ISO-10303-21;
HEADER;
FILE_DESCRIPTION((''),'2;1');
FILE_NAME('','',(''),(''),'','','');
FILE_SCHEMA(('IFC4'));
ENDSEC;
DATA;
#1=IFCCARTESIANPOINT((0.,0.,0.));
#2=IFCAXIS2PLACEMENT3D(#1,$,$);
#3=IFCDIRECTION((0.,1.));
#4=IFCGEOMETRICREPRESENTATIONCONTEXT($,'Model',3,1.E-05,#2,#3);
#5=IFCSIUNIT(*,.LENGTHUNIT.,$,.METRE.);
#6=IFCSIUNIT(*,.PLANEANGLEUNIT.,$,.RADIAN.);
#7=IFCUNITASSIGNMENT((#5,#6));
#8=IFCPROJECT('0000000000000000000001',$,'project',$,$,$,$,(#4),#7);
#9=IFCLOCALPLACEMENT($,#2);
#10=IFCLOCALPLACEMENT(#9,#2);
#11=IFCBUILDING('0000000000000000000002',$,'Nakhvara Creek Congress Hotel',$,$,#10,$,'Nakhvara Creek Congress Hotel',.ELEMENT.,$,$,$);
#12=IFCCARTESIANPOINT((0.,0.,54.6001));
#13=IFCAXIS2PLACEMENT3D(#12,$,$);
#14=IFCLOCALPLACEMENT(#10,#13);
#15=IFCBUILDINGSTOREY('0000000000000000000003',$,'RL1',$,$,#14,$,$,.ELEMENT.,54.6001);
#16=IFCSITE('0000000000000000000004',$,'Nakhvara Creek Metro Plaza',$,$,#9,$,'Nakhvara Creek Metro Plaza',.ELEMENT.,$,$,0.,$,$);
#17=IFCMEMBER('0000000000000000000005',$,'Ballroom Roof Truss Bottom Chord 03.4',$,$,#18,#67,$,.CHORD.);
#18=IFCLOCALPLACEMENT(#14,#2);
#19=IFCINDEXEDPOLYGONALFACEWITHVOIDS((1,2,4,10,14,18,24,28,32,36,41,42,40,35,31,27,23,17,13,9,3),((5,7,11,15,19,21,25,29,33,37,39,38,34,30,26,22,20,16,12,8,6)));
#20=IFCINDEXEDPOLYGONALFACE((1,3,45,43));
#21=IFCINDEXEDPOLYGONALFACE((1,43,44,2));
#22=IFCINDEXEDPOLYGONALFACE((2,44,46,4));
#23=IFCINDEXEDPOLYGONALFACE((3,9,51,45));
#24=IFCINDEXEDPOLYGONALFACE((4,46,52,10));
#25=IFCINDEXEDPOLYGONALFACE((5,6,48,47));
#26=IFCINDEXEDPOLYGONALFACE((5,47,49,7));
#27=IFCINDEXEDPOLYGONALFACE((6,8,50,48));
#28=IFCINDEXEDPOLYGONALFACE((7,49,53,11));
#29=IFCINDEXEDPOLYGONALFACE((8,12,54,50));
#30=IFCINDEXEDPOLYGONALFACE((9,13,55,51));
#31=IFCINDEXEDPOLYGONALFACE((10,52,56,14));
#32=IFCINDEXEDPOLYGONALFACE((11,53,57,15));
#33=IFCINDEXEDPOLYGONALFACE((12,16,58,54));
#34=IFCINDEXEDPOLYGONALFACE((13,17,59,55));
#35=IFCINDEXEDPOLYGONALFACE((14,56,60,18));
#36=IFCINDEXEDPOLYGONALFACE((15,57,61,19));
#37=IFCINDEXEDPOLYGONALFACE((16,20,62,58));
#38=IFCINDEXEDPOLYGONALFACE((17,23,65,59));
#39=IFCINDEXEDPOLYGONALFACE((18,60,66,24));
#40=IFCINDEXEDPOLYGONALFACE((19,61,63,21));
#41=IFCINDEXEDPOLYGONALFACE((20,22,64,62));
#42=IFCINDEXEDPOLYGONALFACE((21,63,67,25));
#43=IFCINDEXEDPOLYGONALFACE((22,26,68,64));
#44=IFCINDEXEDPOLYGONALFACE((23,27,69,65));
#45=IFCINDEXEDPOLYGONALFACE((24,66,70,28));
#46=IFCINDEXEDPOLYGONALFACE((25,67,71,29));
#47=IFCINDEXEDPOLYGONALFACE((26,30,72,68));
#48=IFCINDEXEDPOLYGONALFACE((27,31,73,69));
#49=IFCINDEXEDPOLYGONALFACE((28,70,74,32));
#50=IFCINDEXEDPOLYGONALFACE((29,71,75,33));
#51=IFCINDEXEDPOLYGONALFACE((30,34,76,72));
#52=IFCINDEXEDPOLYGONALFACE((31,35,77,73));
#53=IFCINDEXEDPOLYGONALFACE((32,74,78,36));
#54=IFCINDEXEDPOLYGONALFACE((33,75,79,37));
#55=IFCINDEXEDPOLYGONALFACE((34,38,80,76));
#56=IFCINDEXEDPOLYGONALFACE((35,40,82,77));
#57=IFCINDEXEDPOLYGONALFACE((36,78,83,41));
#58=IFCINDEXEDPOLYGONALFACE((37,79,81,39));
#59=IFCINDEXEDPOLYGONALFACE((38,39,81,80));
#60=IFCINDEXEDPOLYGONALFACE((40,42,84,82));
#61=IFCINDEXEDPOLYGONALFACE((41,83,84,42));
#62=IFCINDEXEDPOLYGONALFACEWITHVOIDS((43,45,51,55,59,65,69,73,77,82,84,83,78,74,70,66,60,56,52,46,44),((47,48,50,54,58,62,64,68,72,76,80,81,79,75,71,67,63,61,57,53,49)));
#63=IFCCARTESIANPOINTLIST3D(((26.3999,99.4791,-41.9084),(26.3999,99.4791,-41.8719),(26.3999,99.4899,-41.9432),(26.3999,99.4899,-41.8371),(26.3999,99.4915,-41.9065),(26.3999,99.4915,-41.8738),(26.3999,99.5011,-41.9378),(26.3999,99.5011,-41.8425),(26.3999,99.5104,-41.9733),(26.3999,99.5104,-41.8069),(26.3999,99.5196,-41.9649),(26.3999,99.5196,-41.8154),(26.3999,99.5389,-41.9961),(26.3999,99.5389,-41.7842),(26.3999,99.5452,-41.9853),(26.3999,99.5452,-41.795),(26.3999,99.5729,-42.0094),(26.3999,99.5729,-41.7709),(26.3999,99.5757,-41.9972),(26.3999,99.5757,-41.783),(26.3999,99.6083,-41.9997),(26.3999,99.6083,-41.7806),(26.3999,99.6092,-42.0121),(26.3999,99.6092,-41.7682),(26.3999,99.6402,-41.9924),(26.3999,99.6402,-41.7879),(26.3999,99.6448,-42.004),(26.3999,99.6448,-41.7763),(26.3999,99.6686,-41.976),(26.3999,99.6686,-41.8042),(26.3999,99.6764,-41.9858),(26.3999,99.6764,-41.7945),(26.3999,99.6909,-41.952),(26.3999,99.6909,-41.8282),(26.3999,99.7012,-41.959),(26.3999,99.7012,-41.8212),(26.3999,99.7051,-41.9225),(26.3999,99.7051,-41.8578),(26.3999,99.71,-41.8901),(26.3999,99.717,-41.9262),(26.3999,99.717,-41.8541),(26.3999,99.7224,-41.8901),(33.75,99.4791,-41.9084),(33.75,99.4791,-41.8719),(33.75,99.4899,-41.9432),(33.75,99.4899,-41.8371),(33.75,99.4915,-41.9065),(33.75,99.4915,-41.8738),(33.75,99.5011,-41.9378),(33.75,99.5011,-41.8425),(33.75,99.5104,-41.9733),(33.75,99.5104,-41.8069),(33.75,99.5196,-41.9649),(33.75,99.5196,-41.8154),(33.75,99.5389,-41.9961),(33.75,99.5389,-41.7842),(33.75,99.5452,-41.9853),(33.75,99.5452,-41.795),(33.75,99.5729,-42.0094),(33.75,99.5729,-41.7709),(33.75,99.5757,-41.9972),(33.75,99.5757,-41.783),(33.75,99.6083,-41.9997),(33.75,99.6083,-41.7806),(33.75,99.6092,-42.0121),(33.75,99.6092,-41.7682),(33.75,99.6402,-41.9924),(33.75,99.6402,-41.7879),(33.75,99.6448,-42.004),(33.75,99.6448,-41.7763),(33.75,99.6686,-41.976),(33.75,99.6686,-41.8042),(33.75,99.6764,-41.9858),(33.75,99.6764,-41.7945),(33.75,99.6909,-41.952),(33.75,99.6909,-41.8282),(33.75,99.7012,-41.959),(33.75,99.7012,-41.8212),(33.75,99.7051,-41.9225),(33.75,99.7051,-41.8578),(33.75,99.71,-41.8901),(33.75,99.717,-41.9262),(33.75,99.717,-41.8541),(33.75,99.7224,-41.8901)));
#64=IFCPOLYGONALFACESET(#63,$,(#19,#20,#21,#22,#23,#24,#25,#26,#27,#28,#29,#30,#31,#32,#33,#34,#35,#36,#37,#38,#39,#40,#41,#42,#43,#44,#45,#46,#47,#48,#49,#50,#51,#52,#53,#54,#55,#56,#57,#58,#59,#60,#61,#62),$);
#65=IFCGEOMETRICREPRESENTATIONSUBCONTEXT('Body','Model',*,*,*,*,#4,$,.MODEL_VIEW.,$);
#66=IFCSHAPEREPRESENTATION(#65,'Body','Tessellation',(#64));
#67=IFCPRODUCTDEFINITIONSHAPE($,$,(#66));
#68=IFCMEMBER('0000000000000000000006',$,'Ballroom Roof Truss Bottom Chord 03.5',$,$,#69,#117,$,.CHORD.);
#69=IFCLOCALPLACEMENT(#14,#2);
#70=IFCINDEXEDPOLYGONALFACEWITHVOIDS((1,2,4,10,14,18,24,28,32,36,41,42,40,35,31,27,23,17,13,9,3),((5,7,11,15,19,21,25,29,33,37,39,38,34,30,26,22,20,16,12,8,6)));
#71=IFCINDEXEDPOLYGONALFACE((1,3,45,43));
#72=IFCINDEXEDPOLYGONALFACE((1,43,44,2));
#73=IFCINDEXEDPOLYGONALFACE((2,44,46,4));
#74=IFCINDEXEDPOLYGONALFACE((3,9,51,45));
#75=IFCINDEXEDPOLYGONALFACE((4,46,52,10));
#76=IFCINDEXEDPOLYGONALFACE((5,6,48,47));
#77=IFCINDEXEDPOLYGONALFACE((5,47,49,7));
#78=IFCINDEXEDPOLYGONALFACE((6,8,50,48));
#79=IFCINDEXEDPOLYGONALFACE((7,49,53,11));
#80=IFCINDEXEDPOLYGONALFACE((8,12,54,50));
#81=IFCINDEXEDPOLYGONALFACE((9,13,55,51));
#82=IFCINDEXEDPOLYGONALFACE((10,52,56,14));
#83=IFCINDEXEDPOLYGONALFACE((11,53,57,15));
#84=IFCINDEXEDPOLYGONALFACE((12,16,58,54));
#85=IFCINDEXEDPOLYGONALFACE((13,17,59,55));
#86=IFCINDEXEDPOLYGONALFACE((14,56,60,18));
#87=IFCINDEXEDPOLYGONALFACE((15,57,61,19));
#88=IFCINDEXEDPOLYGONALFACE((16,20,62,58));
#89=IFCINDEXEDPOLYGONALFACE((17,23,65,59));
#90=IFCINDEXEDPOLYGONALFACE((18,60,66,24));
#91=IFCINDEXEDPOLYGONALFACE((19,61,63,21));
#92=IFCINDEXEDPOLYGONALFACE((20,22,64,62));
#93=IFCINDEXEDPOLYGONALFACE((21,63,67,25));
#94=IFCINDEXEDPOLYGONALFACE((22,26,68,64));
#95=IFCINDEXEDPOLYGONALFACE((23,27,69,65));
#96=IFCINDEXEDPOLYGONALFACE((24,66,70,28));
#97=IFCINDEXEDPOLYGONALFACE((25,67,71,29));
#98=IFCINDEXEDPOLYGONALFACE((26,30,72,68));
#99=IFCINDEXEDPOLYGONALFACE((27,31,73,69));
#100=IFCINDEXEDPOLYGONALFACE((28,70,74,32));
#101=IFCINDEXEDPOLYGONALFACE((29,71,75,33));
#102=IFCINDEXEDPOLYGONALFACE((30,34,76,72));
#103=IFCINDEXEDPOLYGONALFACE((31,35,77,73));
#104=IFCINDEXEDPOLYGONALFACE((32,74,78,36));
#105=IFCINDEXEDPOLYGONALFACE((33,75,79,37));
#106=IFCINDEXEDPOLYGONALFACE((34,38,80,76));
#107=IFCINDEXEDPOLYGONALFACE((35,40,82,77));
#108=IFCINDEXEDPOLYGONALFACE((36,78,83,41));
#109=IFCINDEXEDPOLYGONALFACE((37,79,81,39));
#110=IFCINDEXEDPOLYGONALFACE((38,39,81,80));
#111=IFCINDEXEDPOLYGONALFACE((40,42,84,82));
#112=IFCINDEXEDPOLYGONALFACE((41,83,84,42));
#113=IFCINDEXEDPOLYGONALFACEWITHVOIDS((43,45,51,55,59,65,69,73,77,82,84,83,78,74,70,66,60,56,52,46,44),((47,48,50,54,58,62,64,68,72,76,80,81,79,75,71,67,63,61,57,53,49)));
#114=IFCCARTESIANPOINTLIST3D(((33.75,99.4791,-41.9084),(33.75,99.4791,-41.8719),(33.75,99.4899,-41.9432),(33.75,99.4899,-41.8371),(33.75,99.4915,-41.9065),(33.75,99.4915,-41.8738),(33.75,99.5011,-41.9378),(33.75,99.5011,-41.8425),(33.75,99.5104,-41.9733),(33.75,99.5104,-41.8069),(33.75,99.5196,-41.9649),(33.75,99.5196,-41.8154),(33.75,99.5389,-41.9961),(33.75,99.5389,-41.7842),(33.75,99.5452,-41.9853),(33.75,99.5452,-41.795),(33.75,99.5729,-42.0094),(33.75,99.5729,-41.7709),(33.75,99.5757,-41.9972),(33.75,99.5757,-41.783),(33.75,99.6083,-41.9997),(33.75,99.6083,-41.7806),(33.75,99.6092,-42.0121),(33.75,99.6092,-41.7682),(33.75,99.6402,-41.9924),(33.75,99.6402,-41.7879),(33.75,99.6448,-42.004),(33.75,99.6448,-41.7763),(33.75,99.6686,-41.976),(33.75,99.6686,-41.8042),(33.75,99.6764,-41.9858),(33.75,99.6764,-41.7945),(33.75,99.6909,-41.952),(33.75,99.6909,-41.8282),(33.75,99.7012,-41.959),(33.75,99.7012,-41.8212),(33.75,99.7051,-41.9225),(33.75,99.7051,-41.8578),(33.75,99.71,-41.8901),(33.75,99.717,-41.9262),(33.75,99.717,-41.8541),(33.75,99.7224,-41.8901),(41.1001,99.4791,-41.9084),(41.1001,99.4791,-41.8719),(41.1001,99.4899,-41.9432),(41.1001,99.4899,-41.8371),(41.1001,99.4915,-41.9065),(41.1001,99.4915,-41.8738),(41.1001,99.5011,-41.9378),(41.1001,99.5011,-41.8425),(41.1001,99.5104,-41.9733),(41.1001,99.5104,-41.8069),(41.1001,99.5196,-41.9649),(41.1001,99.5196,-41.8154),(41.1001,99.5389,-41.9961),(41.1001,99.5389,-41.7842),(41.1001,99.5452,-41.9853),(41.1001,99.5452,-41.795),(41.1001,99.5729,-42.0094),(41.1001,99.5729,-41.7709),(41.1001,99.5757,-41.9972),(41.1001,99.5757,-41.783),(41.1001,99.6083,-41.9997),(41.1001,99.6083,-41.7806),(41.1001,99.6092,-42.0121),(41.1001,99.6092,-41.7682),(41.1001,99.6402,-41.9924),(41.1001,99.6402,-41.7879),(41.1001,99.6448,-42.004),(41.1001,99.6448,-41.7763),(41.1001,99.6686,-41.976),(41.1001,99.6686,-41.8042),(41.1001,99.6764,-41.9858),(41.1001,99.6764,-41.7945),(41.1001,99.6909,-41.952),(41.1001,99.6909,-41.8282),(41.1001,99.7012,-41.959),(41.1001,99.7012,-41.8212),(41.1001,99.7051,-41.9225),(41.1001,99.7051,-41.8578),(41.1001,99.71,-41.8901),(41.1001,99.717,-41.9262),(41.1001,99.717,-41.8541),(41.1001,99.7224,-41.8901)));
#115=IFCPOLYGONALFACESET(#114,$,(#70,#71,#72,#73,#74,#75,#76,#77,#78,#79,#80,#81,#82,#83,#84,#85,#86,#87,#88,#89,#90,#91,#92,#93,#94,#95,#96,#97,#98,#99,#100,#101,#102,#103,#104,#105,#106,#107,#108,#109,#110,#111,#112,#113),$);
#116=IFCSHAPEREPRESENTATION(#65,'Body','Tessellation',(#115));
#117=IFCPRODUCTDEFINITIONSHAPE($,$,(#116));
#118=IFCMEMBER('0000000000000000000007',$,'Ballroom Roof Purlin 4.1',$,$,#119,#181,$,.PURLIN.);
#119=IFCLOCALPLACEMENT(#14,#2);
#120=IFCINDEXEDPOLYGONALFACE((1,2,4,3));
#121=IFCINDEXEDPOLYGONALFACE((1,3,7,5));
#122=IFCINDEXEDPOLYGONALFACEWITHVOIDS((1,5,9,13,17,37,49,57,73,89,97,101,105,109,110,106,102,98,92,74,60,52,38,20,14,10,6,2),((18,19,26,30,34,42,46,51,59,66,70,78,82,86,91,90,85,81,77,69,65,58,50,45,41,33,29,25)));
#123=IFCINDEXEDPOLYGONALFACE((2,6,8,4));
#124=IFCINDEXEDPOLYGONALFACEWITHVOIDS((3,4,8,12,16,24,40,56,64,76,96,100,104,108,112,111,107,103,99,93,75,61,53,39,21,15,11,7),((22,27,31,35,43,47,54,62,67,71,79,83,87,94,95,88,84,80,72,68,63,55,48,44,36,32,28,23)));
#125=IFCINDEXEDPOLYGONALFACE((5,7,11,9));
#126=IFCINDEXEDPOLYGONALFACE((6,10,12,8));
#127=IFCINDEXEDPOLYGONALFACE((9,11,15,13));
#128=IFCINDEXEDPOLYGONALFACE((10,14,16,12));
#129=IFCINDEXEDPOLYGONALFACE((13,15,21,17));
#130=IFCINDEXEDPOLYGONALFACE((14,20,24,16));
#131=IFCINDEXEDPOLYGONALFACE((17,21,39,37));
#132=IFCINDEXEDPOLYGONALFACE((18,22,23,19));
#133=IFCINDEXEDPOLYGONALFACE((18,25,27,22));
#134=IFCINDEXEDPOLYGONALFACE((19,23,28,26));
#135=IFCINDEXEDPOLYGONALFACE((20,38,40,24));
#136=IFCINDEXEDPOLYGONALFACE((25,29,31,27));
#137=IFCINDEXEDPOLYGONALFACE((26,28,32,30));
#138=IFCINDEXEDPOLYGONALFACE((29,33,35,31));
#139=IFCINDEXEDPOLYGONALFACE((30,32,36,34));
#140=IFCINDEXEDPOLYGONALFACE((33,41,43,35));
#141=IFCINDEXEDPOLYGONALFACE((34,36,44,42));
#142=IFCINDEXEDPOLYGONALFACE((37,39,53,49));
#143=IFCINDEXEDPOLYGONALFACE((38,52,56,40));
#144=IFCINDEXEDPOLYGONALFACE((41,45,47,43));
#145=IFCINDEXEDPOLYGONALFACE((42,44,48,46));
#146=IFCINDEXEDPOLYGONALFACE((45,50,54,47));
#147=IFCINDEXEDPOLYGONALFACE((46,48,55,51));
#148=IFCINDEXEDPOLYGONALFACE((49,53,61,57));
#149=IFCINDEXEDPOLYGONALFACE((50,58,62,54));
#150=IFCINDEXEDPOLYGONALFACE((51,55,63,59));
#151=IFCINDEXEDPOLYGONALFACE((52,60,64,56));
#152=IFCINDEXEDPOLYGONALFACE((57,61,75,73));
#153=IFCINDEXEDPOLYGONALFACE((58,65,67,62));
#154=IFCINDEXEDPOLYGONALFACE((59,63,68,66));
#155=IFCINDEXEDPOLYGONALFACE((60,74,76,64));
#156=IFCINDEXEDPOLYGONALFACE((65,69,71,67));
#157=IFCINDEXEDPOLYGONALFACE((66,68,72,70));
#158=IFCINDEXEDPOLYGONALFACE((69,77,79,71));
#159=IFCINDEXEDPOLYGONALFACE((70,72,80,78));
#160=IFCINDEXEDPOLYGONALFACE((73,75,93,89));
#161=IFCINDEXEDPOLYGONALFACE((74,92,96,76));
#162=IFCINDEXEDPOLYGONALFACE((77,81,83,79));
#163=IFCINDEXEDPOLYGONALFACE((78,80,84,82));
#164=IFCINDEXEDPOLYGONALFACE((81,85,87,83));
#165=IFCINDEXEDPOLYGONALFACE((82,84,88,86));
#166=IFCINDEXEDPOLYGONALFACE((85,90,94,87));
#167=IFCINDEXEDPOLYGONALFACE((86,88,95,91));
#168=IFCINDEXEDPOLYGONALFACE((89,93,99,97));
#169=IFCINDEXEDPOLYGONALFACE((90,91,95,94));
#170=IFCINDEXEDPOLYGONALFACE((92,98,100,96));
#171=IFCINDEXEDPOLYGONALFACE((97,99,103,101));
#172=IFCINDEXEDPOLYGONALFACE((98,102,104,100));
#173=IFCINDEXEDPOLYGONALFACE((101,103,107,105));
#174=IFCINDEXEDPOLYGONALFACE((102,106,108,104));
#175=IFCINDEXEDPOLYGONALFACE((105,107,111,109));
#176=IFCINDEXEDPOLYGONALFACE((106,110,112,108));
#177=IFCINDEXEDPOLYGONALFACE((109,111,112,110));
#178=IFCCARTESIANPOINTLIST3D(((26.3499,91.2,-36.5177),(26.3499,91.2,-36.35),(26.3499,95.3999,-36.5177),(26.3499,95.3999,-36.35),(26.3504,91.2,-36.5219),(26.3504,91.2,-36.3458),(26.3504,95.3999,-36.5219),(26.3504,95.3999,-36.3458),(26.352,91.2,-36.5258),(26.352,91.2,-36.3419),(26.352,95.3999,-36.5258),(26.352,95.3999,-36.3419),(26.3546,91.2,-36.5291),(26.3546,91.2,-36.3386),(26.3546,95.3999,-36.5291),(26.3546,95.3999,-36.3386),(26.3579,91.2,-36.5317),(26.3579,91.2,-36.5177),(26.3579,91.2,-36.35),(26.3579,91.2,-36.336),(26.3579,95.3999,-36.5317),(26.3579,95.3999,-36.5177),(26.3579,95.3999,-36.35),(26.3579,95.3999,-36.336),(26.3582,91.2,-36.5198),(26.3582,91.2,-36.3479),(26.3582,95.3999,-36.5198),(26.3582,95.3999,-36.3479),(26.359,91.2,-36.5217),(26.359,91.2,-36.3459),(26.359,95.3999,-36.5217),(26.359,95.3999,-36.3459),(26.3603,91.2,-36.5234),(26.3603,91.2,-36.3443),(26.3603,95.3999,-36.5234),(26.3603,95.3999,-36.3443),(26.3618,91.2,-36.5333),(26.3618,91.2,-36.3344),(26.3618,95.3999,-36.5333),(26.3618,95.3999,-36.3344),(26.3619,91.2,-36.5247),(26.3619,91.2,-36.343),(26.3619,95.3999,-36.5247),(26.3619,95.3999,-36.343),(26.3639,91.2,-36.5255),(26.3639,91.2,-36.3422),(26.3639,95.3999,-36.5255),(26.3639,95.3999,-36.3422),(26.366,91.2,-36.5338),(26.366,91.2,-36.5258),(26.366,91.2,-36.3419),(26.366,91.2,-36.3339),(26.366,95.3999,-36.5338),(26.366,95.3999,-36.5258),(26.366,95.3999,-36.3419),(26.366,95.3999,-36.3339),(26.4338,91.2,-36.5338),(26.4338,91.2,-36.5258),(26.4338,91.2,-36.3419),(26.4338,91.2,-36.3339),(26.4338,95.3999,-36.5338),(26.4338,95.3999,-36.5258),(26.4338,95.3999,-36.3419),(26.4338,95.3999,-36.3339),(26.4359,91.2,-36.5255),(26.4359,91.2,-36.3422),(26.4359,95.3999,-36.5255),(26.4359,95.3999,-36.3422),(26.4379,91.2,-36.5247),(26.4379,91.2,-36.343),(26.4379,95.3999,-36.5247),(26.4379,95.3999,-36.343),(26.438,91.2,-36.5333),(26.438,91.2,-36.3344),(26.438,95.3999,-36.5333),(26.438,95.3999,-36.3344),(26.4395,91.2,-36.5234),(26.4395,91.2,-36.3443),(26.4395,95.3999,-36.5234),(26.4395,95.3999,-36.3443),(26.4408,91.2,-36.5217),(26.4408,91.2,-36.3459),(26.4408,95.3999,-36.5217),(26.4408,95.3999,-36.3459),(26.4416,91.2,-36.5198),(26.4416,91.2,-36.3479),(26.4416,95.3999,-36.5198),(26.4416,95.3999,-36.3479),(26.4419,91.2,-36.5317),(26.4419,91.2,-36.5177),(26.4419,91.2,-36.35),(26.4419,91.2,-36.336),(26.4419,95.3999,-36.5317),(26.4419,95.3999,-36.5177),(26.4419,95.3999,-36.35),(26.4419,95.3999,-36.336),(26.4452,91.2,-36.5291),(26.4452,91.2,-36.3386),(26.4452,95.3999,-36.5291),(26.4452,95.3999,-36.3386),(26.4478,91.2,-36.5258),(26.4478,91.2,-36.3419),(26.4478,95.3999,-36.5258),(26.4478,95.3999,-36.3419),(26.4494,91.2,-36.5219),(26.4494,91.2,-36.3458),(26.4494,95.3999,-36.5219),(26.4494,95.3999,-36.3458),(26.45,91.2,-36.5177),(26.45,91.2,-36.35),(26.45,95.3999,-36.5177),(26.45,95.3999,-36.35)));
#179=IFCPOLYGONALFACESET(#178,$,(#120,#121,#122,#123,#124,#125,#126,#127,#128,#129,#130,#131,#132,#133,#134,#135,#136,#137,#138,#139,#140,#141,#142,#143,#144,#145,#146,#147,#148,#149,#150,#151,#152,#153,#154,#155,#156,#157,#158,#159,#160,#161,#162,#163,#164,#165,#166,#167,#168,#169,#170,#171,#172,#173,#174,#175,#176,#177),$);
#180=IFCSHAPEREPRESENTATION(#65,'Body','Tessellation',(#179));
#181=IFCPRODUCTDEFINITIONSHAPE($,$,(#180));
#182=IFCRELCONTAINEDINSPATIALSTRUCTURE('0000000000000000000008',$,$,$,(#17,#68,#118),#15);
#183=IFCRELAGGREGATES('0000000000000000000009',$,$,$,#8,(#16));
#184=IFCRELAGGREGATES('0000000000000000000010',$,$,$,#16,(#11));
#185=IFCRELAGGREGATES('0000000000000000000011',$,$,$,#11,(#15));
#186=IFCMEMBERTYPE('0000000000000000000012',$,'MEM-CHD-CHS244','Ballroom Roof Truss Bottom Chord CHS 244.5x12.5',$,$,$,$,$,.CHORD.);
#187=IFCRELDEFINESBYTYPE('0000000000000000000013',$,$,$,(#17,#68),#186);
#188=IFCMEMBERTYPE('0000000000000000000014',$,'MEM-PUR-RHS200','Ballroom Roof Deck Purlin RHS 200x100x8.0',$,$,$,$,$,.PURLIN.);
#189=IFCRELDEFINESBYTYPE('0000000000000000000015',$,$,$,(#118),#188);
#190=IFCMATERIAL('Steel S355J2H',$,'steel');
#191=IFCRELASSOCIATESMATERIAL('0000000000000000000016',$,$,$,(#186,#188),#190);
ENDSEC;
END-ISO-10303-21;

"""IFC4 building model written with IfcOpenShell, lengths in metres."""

from ifc_helpers import new_model, si_unit, direction, frame, origin, origin_2d, place, context, subcontext, project, spatial, hollow_rectangle, hollow_circle, extrude, material, material_profile, profile_set, type_object, element, save


model = new_model("IFC4")

# Units and contexts
model_context = context("Model", 3, precision=1e-05, world=origin(), true_north=direction((0.0, 1.0)))
body_context = subcontext(model_context, "Body", "Model", "MODEL_VIEW")
ifc_project = project(units=[si_unit("LENGTHUNIT", "METRE"), si_unit("PLANEANGLEUNIT", "RADIAN")], contexts=[model_context])

# Site, building, storey
site_placement = place(None, origin())
site = spatial("IfcSite", under=ifc_project, at=site_placement, Name="Nakhvara Creek Metro Plaza", LongName="Nakhvara Creek Metro Plaza", CompositionType="ELEMENT", RefElevation=0.0)
building_placement = place(site_placement, origin())
building = spatial("IfcBuilding", under=site, at=building_placement, Name="Nakhvara Creek Congress Hotel", LongName="Nakhvara Creek Congress Hotel", CompositionType="ELEMENT")
storey_placement = place(building_placement, frame((0.0, 0.0, 54.6001)))
storey = spatial("IfcBuildingStorey", under=building, at=storey_placement, Name="RL1", CompositionType="ELEMENT", Elevation=54.6001)

# Members
ifc_material_1 = material(Name="Steel S355J2H", Category="steel")
ifc_material_profile_1 = material_profile(ifc_material_1, hollow_circle(Radius=0.1223, WallThickness=0.0125, at=origin_2d()), Name="CHS 244.5x12.5", Category="LoadBearing")
ifc_profile_set_1 = profile_set([ifc_material_profile_1], Name="Steel S355J2H")
member_type_1 = type_object("IfcMemberType", Name="MEM-CHD-CHS244", Description="Ballroom Roof Truss Bottom Chord CHS 244.5x12.5", PredefinedType="CHORD", material=ifc_profile_set_1)
for number, where, z_axis, x_axis, name in (
    (1, (26.3999, 99.6001, -41.8901), (1.0, 0.0, 0.0), (0.0, 1.0, 0.0), "Ballroom Roof Truss Bottom Chord 03.4"),
    (2, (33.75, 99.6001, -41.8901), (1.0, 0.0, 0.0), (0.0, 1.0, 0.0), "Ballroom Roof Truss Bottom Chord 03.5"),
):
    element("IfcMember", number, at=place(storey_placement, frame(where, z_axis=z_axis, x_axis=x_axis)), inside=storey, type_object=member_type_1, Name=name, PredefinedType="CHORD", context=body_context, shape_type="SweptSolid", body=[
        extrude(hollow_circle(Radius=0.1223, WallThickness=0.0125, at=origin_2d()), origin(), (0.0, 0.0, 1.0), 7.3501),
    ])
ifc_material_profile_2 = material_profile(ifc_material_1, hollow_rectangle(XDim=0.1001, YDim=0.2, WallThickness=0.0081, InnerFilletRadius=0.0081, OuterFilletRadius=0.0161, at=origin_2d()), Name="RHS 200x100x8.0", Category="LoadBearing")
ifc_profile_set_2 = profile_set([ifc_material_profile_2], Name="Steel S355J2H")
member_type_2 = type_object("IfcMemberType", Name="MEM-PUR-RHS200", Description="Ballroom Roof Deck Purlin RHS 200x100x8.0", PredefinedType="PURLIN", material=ifc_profile_set_2)
member_1_placement = place(storey_placement, frame((26.3999, 91.2, -36.4338), z_axis=(0.0, 1.0, 0.0), x_axis=(-1.0, 0.0, 0.0)))
element("IfcMember", 3, at=member_1_placement, inside=storey, type_object=member_type_2, Name="Ballroom Roof Purlin 4.1", PredefinedType="PURLIN", context=body_context, shape_type="SweptSolid", body=[
    extrude(hollow_rectangle(XDim=0.1001, YDim=0.2, WallThickness=0.0081, InnerFilletRadius=0.0081, OuterFilletRadius=0.0161, at=origin_2d()), origin(), (0.0, 0.0, 1.0), 4.2),
])

save(model, "model.ifc")
